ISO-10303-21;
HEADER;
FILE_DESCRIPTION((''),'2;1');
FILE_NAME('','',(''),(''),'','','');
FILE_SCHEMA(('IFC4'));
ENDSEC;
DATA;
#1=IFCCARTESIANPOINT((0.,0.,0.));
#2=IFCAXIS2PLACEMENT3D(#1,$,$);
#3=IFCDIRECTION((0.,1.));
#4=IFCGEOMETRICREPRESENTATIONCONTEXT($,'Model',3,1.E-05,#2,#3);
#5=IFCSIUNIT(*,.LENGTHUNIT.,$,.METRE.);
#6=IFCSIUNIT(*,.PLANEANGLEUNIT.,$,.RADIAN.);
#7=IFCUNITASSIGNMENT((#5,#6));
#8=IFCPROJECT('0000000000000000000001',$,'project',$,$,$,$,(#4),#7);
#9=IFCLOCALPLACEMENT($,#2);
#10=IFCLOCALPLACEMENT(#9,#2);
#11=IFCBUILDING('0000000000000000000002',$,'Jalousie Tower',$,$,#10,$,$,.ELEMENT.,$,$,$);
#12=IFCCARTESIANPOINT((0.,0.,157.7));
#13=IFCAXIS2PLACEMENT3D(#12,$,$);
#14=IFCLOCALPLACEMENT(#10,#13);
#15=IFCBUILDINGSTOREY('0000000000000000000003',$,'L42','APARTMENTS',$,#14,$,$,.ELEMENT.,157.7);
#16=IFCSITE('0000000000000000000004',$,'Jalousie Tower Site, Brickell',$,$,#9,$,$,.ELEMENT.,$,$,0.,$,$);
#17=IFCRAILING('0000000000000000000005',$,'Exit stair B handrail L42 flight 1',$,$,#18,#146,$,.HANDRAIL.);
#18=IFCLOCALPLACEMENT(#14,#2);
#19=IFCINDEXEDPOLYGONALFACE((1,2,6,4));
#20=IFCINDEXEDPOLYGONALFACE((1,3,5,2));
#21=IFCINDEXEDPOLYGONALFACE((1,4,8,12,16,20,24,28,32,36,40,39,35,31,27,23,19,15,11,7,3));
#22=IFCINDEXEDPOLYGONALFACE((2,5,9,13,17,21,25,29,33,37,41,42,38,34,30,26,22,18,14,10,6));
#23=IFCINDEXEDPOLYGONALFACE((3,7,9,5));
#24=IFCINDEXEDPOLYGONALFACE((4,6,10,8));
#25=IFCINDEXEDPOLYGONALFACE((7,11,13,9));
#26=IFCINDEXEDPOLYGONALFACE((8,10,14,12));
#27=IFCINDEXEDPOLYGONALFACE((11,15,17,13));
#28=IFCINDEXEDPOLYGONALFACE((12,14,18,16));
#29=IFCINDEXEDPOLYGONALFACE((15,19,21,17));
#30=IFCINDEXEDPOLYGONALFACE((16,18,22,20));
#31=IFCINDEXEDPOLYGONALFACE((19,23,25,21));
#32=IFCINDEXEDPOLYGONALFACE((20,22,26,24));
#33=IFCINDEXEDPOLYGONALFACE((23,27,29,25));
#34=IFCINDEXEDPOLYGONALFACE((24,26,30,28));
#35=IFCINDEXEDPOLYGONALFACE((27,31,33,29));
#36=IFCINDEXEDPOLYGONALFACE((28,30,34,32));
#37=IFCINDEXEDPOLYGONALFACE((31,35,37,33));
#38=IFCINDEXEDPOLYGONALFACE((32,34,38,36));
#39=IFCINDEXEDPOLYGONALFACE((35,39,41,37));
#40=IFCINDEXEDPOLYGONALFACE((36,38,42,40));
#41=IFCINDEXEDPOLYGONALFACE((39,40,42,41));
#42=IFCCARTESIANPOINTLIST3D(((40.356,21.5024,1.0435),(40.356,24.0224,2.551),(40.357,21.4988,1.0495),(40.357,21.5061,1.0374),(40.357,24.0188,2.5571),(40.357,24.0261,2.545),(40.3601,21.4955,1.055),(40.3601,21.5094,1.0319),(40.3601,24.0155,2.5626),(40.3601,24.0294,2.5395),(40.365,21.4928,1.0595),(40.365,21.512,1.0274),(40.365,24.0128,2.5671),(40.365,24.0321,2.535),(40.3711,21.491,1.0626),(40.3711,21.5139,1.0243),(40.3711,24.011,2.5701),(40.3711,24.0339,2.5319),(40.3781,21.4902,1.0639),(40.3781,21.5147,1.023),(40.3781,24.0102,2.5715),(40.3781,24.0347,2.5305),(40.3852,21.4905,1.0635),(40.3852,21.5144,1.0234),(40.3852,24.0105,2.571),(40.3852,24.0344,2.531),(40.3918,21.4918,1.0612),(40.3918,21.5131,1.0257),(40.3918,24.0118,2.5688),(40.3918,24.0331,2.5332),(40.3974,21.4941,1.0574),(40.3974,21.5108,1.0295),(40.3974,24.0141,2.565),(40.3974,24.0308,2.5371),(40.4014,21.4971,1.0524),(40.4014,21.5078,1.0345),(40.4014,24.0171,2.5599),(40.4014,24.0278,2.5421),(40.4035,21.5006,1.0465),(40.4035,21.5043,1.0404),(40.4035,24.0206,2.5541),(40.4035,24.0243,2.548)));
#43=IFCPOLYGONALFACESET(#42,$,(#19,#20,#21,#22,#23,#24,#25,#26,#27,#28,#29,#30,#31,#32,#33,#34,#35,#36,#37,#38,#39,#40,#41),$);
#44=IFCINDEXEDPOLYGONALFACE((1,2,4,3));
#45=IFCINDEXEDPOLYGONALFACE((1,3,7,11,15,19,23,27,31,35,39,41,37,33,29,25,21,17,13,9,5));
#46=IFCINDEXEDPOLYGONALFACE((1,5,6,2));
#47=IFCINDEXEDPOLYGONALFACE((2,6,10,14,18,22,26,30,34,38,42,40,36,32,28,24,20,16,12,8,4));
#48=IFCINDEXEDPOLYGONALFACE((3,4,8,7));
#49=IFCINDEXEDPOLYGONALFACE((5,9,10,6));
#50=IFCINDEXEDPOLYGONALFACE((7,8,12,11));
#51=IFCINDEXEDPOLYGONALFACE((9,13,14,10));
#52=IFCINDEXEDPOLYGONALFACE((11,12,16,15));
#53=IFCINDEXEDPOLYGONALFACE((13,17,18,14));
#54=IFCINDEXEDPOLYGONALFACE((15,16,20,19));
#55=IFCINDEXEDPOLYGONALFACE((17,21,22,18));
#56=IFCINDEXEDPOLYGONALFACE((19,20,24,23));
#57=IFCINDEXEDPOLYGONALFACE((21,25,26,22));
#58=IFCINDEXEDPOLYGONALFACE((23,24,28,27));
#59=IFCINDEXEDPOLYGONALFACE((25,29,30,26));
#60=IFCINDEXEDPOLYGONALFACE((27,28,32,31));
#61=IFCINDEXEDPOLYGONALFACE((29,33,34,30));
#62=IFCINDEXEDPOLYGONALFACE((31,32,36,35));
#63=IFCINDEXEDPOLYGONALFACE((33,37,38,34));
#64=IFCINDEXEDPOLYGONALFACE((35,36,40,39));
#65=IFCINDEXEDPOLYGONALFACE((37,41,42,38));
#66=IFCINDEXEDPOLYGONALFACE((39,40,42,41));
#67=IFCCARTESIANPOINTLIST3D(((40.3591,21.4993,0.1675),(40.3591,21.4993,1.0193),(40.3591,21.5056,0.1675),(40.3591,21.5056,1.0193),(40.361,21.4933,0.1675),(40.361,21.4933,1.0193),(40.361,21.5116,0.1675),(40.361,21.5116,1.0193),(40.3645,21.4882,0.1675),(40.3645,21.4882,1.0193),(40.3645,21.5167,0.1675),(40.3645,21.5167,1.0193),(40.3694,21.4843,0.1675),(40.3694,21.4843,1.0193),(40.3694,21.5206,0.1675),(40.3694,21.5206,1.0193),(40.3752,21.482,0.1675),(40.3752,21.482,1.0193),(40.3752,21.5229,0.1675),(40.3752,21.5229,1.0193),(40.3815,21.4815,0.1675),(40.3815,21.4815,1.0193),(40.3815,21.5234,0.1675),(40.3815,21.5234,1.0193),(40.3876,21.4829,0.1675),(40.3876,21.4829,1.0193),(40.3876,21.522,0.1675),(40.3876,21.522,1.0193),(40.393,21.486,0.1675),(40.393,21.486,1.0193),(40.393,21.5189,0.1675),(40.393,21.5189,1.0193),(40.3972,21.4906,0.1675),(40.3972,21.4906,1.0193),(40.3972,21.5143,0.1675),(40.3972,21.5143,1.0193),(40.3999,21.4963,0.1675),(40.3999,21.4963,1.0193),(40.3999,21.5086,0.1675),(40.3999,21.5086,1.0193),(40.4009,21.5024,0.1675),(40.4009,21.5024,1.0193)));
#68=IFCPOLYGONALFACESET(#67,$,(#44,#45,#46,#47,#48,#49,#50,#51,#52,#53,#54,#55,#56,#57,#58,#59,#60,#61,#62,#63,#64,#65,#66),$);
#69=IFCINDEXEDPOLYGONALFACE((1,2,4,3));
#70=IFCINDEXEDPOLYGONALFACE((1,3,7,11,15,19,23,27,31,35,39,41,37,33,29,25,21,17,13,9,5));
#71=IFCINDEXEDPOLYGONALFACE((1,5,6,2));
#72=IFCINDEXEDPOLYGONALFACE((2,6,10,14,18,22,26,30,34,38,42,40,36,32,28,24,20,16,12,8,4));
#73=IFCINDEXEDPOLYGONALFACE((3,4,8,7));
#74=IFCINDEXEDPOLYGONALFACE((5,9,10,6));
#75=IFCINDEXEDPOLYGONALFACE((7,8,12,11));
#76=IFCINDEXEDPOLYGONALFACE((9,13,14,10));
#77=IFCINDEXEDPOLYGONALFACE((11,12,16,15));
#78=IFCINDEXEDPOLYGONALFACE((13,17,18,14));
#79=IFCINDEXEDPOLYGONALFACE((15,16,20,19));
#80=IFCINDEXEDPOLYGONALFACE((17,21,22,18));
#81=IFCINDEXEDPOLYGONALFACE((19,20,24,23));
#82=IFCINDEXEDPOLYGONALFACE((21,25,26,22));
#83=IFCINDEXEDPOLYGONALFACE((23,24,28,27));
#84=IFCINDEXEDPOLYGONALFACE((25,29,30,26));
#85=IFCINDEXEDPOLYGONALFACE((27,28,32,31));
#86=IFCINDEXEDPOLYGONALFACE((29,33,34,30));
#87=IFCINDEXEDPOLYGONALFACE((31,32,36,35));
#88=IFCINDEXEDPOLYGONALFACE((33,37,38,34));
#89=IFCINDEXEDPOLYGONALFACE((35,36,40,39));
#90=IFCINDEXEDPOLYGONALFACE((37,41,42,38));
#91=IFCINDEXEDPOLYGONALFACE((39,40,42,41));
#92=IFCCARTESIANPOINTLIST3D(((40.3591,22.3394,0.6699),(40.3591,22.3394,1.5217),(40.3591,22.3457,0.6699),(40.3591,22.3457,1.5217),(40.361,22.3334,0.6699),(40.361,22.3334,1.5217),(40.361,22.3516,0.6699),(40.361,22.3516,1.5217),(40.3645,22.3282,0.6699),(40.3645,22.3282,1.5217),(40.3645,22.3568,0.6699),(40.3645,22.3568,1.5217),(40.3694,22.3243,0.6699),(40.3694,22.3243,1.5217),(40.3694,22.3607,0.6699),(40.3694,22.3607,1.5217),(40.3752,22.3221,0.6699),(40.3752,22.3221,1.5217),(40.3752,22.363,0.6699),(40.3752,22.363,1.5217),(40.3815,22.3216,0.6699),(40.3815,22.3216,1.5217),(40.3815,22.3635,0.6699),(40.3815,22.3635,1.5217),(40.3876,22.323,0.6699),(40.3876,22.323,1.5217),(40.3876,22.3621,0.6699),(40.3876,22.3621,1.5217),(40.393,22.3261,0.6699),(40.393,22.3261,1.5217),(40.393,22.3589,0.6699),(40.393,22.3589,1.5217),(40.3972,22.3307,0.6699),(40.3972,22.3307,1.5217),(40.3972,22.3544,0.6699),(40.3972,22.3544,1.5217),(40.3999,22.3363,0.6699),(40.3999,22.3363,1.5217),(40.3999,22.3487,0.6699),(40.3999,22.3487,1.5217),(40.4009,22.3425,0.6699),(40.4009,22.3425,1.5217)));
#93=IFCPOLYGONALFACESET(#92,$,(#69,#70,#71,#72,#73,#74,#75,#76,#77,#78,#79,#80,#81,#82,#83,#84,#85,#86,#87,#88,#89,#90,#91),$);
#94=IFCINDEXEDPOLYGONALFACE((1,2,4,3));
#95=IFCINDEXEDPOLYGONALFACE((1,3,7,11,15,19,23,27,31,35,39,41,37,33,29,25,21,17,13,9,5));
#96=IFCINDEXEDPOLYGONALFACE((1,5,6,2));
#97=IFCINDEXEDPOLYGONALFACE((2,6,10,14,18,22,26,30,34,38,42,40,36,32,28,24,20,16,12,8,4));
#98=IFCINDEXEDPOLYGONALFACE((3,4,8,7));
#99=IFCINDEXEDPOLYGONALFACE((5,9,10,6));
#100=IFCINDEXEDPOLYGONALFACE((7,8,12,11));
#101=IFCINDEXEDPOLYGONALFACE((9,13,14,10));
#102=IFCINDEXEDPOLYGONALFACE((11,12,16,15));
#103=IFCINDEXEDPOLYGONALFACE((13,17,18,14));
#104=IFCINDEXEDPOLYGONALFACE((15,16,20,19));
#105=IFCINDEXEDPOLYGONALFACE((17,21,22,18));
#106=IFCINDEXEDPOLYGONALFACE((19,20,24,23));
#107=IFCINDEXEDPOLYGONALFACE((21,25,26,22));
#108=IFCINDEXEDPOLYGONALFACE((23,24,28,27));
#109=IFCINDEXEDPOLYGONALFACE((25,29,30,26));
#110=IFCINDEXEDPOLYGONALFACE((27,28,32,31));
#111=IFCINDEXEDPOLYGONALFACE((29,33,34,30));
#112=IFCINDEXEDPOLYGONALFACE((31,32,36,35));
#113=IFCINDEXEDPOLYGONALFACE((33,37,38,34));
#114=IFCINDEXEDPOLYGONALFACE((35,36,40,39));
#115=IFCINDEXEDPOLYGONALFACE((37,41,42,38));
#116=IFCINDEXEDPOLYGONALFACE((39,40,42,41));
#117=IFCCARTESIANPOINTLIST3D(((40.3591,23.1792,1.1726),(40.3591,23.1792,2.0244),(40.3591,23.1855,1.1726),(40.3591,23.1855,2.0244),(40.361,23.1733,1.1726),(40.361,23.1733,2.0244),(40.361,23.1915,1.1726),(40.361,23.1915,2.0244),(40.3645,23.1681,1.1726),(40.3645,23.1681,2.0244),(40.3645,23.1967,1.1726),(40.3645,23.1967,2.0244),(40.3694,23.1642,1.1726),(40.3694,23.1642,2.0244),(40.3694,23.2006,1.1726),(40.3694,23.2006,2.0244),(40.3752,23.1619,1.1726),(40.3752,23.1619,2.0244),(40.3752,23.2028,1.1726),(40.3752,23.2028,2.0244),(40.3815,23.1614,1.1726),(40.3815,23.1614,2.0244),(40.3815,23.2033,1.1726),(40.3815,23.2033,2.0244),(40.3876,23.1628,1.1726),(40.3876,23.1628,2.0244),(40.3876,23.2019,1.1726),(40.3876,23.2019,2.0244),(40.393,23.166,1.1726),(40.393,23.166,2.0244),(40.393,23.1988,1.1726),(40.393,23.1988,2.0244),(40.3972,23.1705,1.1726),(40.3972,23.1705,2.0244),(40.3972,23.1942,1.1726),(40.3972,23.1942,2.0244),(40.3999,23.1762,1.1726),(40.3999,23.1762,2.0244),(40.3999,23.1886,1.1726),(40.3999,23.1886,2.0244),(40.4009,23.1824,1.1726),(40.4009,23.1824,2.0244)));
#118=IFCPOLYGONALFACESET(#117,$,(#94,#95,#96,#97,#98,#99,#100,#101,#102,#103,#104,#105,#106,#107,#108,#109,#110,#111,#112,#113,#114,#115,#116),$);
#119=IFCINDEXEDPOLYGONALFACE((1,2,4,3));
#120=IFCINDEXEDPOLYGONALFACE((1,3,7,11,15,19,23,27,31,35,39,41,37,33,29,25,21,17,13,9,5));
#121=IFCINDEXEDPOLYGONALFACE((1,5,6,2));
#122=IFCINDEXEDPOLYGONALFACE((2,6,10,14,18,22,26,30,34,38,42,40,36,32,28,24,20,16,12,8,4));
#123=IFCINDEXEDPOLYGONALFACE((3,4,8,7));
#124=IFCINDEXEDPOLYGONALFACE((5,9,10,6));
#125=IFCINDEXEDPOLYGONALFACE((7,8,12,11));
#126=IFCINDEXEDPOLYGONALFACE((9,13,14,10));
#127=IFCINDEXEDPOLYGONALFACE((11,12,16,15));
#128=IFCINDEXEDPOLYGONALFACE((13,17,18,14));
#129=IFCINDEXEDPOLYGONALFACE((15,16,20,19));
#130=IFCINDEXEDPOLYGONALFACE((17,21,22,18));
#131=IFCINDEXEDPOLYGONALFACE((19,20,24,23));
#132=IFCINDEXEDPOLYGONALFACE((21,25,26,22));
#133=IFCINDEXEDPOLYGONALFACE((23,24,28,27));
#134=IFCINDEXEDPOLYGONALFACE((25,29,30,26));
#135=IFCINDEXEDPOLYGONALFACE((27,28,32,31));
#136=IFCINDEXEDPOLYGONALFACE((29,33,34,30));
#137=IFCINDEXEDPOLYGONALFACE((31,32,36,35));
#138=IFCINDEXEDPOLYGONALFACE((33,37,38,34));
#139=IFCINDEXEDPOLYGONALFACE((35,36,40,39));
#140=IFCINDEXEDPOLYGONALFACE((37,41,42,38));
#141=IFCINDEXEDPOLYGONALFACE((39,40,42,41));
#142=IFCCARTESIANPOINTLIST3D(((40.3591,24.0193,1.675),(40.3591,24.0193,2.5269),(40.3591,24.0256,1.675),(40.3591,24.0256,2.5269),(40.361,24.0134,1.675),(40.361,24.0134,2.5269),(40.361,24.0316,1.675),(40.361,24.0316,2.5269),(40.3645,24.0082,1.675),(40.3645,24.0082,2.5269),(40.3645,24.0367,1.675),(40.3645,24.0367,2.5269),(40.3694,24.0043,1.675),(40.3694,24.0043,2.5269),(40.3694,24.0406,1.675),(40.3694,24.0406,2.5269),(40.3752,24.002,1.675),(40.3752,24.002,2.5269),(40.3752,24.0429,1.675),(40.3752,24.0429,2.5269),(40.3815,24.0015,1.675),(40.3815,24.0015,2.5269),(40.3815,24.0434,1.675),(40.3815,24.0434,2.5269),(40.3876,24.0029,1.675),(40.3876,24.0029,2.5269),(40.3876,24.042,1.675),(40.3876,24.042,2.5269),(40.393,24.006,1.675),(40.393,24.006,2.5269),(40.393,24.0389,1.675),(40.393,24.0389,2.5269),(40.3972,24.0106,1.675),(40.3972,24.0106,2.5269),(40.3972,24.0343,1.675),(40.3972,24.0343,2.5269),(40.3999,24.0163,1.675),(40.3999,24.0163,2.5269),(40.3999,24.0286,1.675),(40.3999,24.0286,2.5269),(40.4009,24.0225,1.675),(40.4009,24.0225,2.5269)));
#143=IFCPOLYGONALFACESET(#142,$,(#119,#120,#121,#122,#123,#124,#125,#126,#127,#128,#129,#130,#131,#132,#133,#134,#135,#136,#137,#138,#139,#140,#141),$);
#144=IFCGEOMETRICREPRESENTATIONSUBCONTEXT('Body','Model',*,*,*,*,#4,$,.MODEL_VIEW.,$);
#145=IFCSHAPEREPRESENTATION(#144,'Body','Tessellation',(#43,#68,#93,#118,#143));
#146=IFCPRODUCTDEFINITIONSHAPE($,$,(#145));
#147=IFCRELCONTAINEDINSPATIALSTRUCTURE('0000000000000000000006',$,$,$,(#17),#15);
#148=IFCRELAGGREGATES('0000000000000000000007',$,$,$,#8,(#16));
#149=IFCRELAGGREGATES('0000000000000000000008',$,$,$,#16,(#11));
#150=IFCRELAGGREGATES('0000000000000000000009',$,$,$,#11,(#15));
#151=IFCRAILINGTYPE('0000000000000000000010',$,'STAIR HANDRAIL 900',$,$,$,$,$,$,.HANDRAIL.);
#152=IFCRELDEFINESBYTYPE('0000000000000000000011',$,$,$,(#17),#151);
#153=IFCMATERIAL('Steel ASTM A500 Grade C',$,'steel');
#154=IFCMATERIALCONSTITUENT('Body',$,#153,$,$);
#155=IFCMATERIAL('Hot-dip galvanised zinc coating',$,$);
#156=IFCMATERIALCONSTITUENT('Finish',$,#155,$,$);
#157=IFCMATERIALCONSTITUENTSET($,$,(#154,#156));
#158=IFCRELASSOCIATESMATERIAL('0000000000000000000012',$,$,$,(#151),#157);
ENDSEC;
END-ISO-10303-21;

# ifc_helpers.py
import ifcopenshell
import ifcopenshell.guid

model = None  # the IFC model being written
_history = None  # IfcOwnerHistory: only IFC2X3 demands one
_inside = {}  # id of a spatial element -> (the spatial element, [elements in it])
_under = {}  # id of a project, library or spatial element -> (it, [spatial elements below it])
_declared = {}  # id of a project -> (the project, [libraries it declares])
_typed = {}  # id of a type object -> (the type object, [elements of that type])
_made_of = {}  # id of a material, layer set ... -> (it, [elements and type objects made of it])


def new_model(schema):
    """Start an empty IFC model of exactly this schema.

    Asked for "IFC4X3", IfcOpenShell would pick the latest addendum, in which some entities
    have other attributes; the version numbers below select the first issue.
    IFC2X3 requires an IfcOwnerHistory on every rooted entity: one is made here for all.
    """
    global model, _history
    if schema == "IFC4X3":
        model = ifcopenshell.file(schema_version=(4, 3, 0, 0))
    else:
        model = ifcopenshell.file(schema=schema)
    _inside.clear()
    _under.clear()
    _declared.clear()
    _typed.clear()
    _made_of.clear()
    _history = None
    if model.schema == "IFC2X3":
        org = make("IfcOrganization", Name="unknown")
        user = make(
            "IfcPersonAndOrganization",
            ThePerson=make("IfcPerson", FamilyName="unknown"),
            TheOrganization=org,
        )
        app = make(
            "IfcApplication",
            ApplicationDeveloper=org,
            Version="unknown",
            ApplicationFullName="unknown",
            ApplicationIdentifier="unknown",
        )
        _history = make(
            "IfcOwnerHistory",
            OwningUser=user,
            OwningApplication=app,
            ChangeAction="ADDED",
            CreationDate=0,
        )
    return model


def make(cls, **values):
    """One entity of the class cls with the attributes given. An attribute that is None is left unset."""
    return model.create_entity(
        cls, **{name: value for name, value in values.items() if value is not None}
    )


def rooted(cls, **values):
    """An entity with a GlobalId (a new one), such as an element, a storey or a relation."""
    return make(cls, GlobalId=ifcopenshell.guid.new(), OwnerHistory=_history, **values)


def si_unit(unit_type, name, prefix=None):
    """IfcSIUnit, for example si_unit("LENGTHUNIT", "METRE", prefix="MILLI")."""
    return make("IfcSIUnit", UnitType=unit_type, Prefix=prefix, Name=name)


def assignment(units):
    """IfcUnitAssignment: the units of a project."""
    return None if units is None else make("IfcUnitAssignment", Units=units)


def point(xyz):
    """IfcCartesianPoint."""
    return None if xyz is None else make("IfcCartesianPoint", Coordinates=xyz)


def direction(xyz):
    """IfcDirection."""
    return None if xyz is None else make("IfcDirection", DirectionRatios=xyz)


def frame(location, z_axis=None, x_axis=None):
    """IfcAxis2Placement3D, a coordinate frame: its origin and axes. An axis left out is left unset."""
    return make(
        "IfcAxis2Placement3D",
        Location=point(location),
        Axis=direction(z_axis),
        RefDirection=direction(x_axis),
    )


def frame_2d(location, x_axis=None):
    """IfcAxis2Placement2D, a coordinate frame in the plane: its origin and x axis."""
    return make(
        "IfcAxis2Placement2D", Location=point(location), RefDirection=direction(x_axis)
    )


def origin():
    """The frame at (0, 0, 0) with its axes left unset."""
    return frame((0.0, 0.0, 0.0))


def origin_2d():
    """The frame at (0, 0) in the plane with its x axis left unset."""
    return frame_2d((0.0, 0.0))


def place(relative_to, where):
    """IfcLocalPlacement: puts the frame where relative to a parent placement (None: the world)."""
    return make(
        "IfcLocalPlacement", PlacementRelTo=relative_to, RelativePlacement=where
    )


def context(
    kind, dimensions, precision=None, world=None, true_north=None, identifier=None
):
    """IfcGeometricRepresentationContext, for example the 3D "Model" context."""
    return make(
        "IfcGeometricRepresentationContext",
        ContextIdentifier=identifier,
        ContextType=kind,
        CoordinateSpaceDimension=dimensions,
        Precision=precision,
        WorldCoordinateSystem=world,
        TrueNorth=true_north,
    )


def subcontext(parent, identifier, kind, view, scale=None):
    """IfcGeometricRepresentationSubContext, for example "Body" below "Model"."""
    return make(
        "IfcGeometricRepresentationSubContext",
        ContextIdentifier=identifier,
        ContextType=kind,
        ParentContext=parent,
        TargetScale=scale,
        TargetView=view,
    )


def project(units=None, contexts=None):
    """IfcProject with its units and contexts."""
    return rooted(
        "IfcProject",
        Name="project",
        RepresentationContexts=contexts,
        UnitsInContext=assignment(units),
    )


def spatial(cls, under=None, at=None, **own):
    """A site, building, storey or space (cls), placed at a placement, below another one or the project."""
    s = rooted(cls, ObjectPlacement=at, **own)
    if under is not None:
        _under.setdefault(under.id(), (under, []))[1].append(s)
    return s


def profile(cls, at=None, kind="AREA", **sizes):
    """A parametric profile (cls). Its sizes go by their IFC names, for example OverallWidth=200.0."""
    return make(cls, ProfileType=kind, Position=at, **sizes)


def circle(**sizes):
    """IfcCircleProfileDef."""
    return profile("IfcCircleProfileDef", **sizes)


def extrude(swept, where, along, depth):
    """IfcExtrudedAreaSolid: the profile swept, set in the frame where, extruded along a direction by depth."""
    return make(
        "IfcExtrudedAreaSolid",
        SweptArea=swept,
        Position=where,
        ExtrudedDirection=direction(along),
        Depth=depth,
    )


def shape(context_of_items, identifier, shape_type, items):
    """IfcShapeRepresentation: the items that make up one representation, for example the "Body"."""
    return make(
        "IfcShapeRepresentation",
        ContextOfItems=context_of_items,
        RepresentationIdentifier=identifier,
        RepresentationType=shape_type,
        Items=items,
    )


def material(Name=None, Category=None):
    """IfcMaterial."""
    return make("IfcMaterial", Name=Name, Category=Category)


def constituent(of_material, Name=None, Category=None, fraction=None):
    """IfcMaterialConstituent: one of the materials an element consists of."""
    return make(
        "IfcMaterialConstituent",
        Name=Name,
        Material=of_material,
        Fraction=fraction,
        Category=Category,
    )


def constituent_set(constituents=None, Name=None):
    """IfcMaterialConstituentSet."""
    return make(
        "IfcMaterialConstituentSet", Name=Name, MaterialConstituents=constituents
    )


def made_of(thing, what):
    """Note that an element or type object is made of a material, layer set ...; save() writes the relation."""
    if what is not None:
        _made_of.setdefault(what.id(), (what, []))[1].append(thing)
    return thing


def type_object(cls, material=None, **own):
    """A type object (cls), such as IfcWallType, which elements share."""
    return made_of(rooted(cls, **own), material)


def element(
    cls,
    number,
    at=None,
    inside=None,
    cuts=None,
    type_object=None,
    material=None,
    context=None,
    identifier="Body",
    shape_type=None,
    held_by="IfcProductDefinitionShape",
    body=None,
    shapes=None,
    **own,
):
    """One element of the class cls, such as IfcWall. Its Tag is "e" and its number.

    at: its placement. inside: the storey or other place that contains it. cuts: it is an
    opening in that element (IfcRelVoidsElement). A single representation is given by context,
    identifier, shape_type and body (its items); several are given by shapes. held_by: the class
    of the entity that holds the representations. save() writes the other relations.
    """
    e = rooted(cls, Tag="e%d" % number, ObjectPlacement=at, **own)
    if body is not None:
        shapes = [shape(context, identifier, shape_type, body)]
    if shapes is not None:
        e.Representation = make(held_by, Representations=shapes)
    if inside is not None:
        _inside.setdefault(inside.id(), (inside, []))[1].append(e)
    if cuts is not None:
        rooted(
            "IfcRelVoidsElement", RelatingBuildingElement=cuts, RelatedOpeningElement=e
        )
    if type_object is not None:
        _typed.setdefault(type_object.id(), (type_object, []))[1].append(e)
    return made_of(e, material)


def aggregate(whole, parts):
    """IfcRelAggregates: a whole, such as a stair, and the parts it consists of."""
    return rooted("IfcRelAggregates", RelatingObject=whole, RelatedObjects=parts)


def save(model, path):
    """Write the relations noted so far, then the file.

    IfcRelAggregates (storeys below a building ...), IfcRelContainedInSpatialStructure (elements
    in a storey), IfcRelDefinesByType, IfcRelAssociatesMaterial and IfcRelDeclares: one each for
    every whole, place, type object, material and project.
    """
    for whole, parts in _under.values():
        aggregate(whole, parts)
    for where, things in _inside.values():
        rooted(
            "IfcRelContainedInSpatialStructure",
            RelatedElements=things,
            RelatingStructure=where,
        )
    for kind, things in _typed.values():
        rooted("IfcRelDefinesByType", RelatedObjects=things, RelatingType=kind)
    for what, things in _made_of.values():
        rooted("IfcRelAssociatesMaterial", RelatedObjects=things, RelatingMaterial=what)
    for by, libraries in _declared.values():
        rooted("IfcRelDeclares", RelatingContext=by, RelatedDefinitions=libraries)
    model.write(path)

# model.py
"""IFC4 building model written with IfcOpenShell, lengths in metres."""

from ifc_helpers import new_model, si_unit, direction, frame, origin, origin_2d, place, context, subcontext, project, spatial, circle, extrude, material, constituent, constituent_set, type_object, element, save


model = new_model("IFC4")

# Units and contexts
model_context = context("Model", 3, precision=1e-05, world=origin(), true_north=direction((0.0, 1.0)))
body_context = subcontext(model_context, "Body", "Model", "MODEL_VIEW")
ifc_project = project(units=[si_unit("LENGTHUNIT", "METRE"), si_unit("PLANEANGLEUNIT", "RADIAN")], contexts=[model_context])

# Site, building, storey
site_placement = place(None, origin())
site = spatial("IfcSite", under=ifc_project, at=site_placement, Name="Jalousie Tower Site, Brickell", CompositionType="ELEMENT", RefElevation=0.0)
building_placement = place(site_placement, origin())
building = spatial("IfcBuilding", under=site, at=building_placement, Name="Jalousie Tower", CompositionType="ELEMENT")
storey_placement = place(building_placement, frame((0.0, 0.0, 157.7)))
storey = spatial("IfcBuildingStorey", under=building, at=storey_placement, Name="L42", Description="APARTMENTS", CompositionType="ELEMENT", Elevation=157.7)

# Railing
ifc_material_1 = material(Name="Steel ASTM A500 Grade C", Category="steel")
ifc_constituent_1 = constituent(ifc_material_1, Name="Body")
ifc_material_2 = material(Name="Hot-dip galvanised zinc coating")
ifc_constituent_2 = constituent(ifc_material_2, Name="Finish")
ifc_constituent_set_1 = constituent_set(constituents=[ifc_constituent_1, ifc_constituent_2])
railing_type_1 = type_object("IfcRailingType", Name="STAIR HANDRAIL 900", PredefinedType="HANDRAIL", material=ifc_constituent_set_1)
railing_1_placement = place(storey_placement, frame((40.3799, 21.5024, 0.1675)))
element("IfcRailing", 1, at=railing_1_placement, inside=storey, type_object=railing_type_1, Name="Exit stair B handrail L42 flight 1", PredefinedType="HANDRAIL", context=body_context, shape_type="SweptSolid", body=[
    extrude(circle(Radius=0.0239, at=origin_2d()), frame((0.0, 0.0, 0.876), z_axis=(0.0, 0.85816, 0.513383), x_axis=(-1.0, 0.0, 0.0)), (0.0, 0.0, 1.0), 2.9365),
    extrude(circle(Radius=0.021, at=origin_2d()), origin(), (0.0, 0.0, 1.0), 0.8518),
    extrude(circle(Radius=0.021, at=origin_2d()), frame((0.0, 0.8401, 0.5024)), (0.0, 0.0, 1.0), 0.8518),
    extrude(circle(Radius=0.021, at=origin_2d()), frame((0.0, 1.6799, 1.0051)), (0.0, 0.0, 1.0), 0.8518),
    extrude(circle(Radius=0.021, at=origin_2d()), frame((0.0, 2.52, 1.5076)), (0.0, 0.0, 1.0), 0.8518),
])

save(model, "model.ifc")
